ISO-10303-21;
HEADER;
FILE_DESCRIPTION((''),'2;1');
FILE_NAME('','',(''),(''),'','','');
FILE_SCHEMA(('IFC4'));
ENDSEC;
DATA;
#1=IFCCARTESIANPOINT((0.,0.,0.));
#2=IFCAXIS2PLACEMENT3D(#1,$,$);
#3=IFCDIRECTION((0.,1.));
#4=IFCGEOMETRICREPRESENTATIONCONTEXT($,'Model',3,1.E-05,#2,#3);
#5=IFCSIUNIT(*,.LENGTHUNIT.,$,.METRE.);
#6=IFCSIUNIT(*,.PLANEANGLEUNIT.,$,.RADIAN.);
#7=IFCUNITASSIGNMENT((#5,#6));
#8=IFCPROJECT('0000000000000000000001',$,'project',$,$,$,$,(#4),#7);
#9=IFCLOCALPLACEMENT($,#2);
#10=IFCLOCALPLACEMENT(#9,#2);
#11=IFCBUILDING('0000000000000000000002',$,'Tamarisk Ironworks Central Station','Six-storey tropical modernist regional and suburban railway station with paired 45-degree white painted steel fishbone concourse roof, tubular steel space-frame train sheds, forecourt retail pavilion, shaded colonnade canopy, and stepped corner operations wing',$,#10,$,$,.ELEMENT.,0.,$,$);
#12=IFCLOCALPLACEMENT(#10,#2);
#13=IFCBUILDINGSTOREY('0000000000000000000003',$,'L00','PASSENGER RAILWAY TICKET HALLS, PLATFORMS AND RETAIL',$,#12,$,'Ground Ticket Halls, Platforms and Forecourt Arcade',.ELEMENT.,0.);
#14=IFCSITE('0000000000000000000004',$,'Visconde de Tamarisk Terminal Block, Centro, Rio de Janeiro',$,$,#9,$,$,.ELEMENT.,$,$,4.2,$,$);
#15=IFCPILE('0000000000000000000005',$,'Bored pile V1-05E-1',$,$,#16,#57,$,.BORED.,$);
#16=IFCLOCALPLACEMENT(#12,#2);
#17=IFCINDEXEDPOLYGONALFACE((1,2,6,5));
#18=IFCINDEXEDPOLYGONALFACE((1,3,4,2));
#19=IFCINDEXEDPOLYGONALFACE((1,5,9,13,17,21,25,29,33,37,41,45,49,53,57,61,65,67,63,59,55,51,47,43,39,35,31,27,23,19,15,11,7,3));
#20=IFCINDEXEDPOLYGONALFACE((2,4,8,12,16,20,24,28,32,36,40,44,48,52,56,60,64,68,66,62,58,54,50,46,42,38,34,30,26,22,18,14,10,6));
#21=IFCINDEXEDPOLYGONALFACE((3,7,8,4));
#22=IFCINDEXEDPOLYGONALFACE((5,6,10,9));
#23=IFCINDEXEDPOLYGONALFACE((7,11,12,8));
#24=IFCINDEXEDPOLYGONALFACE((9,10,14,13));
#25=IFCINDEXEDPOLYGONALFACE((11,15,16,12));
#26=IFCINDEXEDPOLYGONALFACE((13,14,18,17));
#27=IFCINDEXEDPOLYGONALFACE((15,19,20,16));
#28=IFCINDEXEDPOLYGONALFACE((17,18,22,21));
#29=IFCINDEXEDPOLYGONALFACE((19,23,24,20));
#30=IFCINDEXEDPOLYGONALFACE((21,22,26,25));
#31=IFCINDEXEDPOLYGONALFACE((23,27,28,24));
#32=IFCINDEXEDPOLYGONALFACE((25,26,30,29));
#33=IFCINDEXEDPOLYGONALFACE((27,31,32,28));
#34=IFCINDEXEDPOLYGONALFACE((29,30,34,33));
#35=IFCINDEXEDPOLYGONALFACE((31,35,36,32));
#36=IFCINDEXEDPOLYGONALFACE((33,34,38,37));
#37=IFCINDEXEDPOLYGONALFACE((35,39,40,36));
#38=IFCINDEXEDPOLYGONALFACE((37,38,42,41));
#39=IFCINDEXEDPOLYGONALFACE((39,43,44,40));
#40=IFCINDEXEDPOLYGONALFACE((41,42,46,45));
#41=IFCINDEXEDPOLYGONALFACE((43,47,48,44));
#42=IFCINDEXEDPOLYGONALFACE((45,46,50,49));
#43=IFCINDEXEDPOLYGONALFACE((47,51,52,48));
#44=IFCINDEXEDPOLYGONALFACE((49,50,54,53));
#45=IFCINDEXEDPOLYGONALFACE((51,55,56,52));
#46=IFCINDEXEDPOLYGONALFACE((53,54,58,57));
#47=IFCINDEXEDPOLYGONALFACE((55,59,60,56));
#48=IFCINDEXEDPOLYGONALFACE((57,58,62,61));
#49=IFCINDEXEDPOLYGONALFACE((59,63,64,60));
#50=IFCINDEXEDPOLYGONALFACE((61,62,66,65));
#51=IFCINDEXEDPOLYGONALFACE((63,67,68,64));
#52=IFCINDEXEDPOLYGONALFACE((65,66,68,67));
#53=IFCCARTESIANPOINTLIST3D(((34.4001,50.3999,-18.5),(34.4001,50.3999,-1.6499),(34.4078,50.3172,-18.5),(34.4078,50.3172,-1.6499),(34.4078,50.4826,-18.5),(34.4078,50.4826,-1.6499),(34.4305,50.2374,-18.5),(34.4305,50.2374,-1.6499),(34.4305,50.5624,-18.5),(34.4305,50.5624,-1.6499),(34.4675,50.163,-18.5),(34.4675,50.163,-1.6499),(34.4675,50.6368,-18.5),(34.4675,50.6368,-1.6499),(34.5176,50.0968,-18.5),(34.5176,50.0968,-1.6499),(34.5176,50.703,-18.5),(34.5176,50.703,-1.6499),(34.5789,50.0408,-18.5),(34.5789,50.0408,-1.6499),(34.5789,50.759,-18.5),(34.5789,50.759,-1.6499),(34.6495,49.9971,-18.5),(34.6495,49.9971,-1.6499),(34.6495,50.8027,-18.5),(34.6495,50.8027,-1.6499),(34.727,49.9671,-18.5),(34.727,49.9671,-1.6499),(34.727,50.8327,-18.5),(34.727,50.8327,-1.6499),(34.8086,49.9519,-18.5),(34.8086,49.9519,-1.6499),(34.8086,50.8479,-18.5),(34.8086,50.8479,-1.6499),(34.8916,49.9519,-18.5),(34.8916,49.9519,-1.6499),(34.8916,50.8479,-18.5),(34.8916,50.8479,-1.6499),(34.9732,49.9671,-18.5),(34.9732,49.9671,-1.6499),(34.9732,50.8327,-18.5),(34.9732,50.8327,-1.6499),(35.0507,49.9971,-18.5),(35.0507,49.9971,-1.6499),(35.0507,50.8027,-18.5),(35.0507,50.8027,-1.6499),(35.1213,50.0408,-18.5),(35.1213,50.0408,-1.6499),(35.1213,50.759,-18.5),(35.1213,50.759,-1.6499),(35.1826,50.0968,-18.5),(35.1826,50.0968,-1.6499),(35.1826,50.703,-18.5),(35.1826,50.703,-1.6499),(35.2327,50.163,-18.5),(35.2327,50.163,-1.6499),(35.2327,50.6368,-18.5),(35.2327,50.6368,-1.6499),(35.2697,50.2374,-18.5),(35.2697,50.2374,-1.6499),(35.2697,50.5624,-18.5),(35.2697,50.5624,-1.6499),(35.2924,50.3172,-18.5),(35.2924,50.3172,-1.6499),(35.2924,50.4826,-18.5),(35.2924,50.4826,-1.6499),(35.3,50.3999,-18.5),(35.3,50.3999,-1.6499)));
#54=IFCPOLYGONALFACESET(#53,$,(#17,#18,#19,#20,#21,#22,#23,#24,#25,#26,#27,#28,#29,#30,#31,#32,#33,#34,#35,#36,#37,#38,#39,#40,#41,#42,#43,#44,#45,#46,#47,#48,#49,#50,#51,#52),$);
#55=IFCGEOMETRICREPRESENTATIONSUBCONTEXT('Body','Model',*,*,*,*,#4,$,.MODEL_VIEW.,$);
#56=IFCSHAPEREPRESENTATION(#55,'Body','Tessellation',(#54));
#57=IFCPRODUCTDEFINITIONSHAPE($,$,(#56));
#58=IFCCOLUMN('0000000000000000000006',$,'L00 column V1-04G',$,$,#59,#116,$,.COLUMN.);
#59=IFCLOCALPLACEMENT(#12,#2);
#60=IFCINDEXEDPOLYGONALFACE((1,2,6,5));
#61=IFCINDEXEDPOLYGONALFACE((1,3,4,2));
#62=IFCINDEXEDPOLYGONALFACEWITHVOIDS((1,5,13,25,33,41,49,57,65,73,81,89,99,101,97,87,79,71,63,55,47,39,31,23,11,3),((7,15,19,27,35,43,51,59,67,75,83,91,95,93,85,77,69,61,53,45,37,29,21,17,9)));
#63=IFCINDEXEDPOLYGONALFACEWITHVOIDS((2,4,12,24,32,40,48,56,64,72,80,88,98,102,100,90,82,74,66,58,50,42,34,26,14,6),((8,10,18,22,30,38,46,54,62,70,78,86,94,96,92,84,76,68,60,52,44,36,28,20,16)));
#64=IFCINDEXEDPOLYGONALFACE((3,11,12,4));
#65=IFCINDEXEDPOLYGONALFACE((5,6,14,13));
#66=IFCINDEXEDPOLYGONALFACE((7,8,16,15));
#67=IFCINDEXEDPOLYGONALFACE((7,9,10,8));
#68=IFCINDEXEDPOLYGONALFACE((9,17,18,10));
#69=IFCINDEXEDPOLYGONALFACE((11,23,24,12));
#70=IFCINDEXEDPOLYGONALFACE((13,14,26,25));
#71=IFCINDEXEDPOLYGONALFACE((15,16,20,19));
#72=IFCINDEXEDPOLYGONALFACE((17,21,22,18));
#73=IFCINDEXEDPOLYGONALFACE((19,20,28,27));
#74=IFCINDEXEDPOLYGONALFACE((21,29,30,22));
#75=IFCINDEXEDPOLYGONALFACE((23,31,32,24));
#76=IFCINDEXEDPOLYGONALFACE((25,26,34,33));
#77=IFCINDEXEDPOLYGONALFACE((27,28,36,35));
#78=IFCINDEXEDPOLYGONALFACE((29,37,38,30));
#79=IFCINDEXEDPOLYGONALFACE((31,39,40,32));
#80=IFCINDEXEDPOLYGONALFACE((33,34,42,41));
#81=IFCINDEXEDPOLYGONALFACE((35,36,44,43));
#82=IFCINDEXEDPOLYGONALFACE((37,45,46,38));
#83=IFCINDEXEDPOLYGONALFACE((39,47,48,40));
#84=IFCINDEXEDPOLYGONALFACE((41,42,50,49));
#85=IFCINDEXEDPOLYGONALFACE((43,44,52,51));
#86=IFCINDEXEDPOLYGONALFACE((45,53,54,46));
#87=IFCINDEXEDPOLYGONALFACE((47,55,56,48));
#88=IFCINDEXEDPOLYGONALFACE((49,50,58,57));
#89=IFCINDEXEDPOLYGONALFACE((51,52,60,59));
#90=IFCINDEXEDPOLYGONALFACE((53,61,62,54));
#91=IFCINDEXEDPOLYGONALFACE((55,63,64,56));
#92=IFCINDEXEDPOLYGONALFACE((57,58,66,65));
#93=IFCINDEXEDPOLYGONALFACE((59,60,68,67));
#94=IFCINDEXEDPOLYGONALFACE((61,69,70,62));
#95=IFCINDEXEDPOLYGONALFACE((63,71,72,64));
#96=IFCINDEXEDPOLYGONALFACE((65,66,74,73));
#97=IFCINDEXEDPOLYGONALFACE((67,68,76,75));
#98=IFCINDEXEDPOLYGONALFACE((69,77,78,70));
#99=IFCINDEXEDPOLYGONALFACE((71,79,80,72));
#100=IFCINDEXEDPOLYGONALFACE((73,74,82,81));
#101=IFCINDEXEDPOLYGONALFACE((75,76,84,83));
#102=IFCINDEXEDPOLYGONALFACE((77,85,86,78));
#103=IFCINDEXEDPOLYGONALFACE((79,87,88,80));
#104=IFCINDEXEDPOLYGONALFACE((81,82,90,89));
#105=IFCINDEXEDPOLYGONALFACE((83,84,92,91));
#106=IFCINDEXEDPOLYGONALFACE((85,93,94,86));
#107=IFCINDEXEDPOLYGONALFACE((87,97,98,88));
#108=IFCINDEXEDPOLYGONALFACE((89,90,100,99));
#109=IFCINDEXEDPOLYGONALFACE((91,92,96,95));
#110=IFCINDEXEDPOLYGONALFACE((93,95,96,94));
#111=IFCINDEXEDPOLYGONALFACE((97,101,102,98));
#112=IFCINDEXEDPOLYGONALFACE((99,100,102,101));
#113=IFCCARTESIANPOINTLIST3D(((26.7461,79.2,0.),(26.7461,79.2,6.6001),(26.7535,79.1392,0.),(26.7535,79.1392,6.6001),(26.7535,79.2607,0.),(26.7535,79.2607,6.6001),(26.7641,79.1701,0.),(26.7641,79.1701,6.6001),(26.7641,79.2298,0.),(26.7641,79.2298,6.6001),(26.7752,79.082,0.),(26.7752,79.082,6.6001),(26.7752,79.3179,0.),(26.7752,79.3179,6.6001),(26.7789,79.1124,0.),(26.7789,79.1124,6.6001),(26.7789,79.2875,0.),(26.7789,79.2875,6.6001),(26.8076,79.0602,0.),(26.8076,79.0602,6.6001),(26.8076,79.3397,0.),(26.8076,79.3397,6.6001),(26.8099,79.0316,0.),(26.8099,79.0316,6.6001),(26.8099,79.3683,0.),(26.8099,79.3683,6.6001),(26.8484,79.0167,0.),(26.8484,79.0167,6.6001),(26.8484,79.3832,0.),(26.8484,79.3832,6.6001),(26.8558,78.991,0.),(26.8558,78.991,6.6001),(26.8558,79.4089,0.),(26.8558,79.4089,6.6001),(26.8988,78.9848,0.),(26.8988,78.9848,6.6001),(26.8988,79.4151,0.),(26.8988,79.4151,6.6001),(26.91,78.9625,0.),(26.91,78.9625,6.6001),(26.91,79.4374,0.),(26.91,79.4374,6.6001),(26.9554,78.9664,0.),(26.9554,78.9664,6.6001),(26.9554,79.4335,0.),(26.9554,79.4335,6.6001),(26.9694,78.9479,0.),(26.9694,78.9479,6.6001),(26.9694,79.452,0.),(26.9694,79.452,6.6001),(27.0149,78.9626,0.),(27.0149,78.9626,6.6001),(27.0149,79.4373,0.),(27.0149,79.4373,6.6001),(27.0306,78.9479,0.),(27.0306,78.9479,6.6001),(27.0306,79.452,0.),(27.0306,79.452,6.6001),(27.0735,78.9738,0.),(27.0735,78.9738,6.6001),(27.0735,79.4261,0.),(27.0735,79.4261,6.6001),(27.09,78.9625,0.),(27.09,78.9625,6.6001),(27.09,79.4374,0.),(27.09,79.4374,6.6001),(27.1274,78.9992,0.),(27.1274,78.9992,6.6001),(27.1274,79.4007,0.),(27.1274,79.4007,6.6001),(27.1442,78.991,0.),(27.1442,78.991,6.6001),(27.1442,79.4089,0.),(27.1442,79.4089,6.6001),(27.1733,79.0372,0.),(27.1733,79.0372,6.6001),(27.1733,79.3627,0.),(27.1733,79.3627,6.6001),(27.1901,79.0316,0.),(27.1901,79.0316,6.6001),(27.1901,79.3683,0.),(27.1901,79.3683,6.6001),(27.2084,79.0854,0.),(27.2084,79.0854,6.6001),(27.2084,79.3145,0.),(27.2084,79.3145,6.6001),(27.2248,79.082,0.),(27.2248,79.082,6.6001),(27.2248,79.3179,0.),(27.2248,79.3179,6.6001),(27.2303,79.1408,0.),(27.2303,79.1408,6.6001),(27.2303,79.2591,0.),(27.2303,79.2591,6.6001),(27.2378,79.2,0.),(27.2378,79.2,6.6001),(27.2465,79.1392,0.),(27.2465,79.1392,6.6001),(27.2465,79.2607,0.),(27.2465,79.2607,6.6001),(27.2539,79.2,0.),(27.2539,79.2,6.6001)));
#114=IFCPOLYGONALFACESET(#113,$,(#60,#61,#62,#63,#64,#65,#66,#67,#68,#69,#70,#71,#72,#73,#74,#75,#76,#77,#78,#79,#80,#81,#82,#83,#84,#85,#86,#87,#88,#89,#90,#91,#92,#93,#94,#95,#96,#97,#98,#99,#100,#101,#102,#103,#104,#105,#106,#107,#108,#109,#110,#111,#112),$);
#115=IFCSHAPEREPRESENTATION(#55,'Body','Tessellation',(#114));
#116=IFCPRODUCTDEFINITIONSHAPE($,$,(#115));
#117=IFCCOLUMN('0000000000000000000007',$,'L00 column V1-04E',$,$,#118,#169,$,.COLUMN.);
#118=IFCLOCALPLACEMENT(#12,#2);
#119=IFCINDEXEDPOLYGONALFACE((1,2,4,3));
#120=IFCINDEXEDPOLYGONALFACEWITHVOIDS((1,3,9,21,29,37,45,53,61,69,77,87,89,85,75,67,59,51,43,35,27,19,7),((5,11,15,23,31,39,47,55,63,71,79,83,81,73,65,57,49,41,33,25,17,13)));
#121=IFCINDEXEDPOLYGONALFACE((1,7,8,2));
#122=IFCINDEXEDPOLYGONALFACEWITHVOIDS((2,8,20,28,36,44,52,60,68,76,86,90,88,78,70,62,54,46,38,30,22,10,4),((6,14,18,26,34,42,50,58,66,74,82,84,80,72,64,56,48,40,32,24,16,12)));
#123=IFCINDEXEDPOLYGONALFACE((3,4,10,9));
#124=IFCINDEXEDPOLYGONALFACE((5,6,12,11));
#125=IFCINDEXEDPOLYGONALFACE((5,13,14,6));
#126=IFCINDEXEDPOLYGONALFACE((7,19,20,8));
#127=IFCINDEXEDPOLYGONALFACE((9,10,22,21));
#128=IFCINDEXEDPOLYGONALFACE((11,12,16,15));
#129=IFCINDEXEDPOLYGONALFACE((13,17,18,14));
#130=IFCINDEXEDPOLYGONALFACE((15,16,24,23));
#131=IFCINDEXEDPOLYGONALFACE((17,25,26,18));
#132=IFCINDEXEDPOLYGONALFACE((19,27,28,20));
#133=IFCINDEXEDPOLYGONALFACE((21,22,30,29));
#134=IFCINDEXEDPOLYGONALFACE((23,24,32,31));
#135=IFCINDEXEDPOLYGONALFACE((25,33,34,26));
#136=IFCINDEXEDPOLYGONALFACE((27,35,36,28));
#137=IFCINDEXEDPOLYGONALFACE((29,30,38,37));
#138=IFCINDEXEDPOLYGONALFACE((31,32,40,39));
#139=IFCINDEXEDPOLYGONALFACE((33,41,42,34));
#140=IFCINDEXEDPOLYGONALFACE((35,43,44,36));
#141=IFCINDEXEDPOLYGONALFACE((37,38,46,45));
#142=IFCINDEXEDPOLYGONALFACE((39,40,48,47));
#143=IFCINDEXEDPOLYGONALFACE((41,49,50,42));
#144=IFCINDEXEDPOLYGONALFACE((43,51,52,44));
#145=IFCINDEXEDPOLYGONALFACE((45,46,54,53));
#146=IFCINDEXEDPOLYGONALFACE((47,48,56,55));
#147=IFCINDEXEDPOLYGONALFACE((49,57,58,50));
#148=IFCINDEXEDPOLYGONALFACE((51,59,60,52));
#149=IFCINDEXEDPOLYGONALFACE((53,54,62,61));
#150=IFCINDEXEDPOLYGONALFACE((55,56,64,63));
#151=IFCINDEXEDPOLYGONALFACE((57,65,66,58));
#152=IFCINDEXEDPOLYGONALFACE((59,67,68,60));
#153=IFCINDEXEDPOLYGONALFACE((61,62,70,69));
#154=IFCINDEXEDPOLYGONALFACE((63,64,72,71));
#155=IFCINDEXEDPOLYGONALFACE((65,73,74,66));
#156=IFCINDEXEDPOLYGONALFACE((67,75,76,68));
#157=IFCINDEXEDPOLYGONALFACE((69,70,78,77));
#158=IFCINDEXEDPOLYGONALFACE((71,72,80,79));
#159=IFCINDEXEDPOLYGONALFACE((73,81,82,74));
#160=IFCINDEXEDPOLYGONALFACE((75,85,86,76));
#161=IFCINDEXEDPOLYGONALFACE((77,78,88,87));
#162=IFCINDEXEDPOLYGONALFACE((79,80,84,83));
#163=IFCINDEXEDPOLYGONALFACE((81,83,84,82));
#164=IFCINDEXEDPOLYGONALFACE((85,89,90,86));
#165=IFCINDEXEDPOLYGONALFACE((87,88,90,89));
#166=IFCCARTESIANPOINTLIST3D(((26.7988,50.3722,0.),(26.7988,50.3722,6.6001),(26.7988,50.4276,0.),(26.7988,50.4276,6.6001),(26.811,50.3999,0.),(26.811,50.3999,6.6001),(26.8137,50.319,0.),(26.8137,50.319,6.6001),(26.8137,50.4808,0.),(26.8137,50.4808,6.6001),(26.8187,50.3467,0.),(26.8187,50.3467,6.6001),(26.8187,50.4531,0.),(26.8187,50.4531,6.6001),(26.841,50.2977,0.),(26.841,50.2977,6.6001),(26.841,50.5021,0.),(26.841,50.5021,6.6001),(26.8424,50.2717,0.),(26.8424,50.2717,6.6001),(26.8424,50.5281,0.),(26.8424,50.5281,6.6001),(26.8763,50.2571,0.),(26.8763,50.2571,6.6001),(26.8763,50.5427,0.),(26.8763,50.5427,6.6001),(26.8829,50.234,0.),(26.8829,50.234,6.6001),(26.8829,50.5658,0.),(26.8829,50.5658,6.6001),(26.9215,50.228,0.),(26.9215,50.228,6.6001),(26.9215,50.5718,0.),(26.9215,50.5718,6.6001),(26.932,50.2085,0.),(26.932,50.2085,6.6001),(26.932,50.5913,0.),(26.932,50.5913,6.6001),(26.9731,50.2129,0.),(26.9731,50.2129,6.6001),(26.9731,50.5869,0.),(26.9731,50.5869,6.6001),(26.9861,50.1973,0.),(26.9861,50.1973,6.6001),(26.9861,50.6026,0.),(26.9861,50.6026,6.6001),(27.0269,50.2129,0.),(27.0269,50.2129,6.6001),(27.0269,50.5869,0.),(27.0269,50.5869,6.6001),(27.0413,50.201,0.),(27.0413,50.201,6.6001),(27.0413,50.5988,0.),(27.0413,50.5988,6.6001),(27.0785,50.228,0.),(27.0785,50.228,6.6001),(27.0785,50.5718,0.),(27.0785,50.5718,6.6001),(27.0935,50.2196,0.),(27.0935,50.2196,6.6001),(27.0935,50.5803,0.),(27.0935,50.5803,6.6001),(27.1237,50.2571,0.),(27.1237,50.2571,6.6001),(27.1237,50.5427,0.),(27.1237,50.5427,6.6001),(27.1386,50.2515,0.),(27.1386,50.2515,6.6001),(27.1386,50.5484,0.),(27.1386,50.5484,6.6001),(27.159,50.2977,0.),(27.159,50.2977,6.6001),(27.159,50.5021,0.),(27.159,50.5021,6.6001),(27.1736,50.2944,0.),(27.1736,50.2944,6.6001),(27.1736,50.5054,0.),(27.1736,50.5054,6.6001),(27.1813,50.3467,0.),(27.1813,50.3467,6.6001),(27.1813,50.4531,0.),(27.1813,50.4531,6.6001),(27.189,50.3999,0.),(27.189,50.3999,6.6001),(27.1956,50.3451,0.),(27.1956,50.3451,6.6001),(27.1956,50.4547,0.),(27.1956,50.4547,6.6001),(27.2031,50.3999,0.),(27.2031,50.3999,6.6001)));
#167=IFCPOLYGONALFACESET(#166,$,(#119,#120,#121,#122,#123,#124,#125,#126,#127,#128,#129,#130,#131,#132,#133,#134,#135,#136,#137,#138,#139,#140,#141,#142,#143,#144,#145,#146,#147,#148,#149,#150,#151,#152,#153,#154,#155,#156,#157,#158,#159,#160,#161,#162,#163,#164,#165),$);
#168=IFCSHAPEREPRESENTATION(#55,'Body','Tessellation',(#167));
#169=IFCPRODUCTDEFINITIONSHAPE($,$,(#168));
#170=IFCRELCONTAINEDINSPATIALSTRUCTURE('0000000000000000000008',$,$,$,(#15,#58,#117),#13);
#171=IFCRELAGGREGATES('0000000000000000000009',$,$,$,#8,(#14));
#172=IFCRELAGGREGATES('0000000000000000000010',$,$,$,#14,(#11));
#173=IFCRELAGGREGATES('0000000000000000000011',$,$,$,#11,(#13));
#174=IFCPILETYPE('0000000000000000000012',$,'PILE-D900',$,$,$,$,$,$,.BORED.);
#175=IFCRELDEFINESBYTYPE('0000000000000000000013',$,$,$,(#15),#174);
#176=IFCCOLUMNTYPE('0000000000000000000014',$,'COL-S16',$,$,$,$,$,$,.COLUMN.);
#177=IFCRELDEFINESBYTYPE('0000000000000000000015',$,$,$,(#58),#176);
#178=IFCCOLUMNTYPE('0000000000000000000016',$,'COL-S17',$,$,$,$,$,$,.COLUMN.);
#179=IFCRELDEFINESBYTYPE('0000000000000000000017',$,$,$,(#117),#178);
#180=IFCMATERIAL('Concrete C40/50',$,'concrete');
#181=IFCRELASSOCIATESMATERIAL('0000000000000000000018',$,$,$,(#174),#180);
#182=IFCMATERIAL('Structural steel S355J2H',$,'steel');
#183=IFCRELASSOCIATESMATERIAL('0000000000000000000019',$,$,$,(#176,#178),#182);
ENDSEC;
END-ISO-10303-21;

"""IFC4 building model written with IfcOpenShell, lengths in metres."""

from ifc_helpers import new_model, si_unit, direction, frame, origin, origin_2d, place, context, subcontext, project, spatial, circle, hollow_circle, extrude, material, material_profile, profile_set, type_object, element, save


model = new_model("IFC4")

# Units and contexts
model_context = context("Model", 3, precision=1e-05, world=origin(), true_north=direction((0.0, 1.0)))
body_context = subcontext(model_context, "Body", "Model", "MODEL_VIEW")
ifc_project = project(units=[si_unit("LENGTHUNIT", "METRE"), si_unit("PLANEANGLEUNIT", "RADIAN")], contexts=[model_context])

# Site, building, storey
site_placement = place(None, origin())
site = spatial("IfcSite", under=ifc_project, at=site_placement, Name="Visconde de Tamarisk Terminal Block, Centro, Rio de Janeiro", CompositionType="ELEMENT", RefElevation=4.2)
building_placement = place(site_placement, origin())
building = spatial("IfcBuilding", under=site, at=building_placement, Name="Tamarisk Ironworks Central Station", Description="Six-storey tropical modernist regional and suburban railway station with paired 45-degree white painted steel fishbone concourse roof, tubular steel space-frame train sheds, forecourt retail pavilion, shaded colonnade canopy, and stepped corner operations wing", CompositionType="ELEMENT", ElevationOfRefHeight=0.0)
storey_placement = place(building_placement, origin())
storey = spatial("IfcBuildingStorey", under=building, at=storey_placement, Name="L00", Description="PASSENGER RAILWAY TICKET HALLS, PLATFORMS AND RETAIL", LongName="Ground Ticket Halls, Platforms and Forecourt Arcade", CompositionType="ELEMENT", Elevation=0.0)

# Shared definitions
ifc_material_1 = material(Name="Concrete C40/50", Category="concrete")

# Pile
ifc_material_profile_1 = material_profile(ifc_material_1, circle(Radius=0.45, at=origin_2d()), Name="BORED PILE D900")
ifc_profile_set_1 = profile_set([ifc_material_profile_1], Name="Concrete C40/50")
pile_type_1 = type_object("IfcPileType", Name="PILE-D900", PredefinedType="BORED", material=ifc_profile_set_1)
for number, where, z_axis, x_axis, name in (
    (1, (34.8501, 50.3999, -1.6499), (0.0, 0.0, -1.0), (1.0, 0.0, 0.0), "Bored pile V1-05E-1"),
):
    element("IfcPile", number, at=place(storey_placement, frame(where, z_axis=z_axis, x_axis=x_axis)), inside=storey, type_object=pile_type_1, Name=name, PredefinedType="BORED", context=body_context, shape_type="SweptSolid", body=[
        extrude(circle(Radius=0.45, at=origin_2d()), origin(), (0.0, 0.0, 1.0), 16.8501),
    ])

# Columns
ifc_material_2 = material(Name="Structural steel S355J2H", Category="steel")
ifc_material_profile_2 = material_profile(ifc_material_2, hollow_circle(Radius=0.2539, WallThickness=0.0161, at=origin_2d()), Name="CHS 508x16")
ifc_profile_set_2 = profile_set([ifc_material_profile_2], Name="Structural steel S355J2H")
column_type_1 = type_object("IfcColumnType", Name="COL-S16", PredefinedType="COLUMN", material=ifc_profile_set_2)
column_placement = place(storey_placement, frame((27.0, 79.2, 0.0), z_axis=(0.0, 0.0, 1.0), x_axis=(1.0, 0.0, 0.0)))
element("IfcColumn", 2, at=column_placement, inside=storey, type_object=column_type_1, Name="L00 column V1-04G", PredefinedType="COLUMN", context=body_context, shape_type="SweptSolid", body=[
    extrude(hollow_circle(Radius=0.2539, WallThickness=0.0161, at=origin_2d()), origin(), (0.0, 0.0, 1.0), 6.6001),
])
ifc_material_profile_3 = material_profile(ifc_material_2, hollow_circle(Radius=0.2031, WallThickness=0.0142, at=origin_2d()), Name="CHS 406.4x14.2")
ifc_profile_set_3 = profile_set([ifc_material_profile_3], Name="Structural steel S355J2H")
column_type_2 = type_object("IfcColumnType", Name="COL-S17", PredefinedType="COLUMN", material=ifc_profile_set_3)
for number, where, z_axis, x_axis, name in (
    (3, (27.0, 50.3999, 0.0), (0.0, 0.0, 1.0), (1.0, 0.0, 0.0), "L00 column V1-04E"),
):
    element("IfcColumn", number, at=place(storey_placement, frame(where, z_axis=z_axis, x_axis=x_axis)), inside=storey, type_object=column_type_2, Name=name, PredefinedType="COLUMN", context=body_context, shape_type="SweptSolid", body=[
        extrude(hollow_circle(Radius=0.2031, WallThickness=0.0142, at=origin_2d()), origin(), (0.0, 0.0, 1.0), 6.6001),
    ])

save(model, "model.ifc")
